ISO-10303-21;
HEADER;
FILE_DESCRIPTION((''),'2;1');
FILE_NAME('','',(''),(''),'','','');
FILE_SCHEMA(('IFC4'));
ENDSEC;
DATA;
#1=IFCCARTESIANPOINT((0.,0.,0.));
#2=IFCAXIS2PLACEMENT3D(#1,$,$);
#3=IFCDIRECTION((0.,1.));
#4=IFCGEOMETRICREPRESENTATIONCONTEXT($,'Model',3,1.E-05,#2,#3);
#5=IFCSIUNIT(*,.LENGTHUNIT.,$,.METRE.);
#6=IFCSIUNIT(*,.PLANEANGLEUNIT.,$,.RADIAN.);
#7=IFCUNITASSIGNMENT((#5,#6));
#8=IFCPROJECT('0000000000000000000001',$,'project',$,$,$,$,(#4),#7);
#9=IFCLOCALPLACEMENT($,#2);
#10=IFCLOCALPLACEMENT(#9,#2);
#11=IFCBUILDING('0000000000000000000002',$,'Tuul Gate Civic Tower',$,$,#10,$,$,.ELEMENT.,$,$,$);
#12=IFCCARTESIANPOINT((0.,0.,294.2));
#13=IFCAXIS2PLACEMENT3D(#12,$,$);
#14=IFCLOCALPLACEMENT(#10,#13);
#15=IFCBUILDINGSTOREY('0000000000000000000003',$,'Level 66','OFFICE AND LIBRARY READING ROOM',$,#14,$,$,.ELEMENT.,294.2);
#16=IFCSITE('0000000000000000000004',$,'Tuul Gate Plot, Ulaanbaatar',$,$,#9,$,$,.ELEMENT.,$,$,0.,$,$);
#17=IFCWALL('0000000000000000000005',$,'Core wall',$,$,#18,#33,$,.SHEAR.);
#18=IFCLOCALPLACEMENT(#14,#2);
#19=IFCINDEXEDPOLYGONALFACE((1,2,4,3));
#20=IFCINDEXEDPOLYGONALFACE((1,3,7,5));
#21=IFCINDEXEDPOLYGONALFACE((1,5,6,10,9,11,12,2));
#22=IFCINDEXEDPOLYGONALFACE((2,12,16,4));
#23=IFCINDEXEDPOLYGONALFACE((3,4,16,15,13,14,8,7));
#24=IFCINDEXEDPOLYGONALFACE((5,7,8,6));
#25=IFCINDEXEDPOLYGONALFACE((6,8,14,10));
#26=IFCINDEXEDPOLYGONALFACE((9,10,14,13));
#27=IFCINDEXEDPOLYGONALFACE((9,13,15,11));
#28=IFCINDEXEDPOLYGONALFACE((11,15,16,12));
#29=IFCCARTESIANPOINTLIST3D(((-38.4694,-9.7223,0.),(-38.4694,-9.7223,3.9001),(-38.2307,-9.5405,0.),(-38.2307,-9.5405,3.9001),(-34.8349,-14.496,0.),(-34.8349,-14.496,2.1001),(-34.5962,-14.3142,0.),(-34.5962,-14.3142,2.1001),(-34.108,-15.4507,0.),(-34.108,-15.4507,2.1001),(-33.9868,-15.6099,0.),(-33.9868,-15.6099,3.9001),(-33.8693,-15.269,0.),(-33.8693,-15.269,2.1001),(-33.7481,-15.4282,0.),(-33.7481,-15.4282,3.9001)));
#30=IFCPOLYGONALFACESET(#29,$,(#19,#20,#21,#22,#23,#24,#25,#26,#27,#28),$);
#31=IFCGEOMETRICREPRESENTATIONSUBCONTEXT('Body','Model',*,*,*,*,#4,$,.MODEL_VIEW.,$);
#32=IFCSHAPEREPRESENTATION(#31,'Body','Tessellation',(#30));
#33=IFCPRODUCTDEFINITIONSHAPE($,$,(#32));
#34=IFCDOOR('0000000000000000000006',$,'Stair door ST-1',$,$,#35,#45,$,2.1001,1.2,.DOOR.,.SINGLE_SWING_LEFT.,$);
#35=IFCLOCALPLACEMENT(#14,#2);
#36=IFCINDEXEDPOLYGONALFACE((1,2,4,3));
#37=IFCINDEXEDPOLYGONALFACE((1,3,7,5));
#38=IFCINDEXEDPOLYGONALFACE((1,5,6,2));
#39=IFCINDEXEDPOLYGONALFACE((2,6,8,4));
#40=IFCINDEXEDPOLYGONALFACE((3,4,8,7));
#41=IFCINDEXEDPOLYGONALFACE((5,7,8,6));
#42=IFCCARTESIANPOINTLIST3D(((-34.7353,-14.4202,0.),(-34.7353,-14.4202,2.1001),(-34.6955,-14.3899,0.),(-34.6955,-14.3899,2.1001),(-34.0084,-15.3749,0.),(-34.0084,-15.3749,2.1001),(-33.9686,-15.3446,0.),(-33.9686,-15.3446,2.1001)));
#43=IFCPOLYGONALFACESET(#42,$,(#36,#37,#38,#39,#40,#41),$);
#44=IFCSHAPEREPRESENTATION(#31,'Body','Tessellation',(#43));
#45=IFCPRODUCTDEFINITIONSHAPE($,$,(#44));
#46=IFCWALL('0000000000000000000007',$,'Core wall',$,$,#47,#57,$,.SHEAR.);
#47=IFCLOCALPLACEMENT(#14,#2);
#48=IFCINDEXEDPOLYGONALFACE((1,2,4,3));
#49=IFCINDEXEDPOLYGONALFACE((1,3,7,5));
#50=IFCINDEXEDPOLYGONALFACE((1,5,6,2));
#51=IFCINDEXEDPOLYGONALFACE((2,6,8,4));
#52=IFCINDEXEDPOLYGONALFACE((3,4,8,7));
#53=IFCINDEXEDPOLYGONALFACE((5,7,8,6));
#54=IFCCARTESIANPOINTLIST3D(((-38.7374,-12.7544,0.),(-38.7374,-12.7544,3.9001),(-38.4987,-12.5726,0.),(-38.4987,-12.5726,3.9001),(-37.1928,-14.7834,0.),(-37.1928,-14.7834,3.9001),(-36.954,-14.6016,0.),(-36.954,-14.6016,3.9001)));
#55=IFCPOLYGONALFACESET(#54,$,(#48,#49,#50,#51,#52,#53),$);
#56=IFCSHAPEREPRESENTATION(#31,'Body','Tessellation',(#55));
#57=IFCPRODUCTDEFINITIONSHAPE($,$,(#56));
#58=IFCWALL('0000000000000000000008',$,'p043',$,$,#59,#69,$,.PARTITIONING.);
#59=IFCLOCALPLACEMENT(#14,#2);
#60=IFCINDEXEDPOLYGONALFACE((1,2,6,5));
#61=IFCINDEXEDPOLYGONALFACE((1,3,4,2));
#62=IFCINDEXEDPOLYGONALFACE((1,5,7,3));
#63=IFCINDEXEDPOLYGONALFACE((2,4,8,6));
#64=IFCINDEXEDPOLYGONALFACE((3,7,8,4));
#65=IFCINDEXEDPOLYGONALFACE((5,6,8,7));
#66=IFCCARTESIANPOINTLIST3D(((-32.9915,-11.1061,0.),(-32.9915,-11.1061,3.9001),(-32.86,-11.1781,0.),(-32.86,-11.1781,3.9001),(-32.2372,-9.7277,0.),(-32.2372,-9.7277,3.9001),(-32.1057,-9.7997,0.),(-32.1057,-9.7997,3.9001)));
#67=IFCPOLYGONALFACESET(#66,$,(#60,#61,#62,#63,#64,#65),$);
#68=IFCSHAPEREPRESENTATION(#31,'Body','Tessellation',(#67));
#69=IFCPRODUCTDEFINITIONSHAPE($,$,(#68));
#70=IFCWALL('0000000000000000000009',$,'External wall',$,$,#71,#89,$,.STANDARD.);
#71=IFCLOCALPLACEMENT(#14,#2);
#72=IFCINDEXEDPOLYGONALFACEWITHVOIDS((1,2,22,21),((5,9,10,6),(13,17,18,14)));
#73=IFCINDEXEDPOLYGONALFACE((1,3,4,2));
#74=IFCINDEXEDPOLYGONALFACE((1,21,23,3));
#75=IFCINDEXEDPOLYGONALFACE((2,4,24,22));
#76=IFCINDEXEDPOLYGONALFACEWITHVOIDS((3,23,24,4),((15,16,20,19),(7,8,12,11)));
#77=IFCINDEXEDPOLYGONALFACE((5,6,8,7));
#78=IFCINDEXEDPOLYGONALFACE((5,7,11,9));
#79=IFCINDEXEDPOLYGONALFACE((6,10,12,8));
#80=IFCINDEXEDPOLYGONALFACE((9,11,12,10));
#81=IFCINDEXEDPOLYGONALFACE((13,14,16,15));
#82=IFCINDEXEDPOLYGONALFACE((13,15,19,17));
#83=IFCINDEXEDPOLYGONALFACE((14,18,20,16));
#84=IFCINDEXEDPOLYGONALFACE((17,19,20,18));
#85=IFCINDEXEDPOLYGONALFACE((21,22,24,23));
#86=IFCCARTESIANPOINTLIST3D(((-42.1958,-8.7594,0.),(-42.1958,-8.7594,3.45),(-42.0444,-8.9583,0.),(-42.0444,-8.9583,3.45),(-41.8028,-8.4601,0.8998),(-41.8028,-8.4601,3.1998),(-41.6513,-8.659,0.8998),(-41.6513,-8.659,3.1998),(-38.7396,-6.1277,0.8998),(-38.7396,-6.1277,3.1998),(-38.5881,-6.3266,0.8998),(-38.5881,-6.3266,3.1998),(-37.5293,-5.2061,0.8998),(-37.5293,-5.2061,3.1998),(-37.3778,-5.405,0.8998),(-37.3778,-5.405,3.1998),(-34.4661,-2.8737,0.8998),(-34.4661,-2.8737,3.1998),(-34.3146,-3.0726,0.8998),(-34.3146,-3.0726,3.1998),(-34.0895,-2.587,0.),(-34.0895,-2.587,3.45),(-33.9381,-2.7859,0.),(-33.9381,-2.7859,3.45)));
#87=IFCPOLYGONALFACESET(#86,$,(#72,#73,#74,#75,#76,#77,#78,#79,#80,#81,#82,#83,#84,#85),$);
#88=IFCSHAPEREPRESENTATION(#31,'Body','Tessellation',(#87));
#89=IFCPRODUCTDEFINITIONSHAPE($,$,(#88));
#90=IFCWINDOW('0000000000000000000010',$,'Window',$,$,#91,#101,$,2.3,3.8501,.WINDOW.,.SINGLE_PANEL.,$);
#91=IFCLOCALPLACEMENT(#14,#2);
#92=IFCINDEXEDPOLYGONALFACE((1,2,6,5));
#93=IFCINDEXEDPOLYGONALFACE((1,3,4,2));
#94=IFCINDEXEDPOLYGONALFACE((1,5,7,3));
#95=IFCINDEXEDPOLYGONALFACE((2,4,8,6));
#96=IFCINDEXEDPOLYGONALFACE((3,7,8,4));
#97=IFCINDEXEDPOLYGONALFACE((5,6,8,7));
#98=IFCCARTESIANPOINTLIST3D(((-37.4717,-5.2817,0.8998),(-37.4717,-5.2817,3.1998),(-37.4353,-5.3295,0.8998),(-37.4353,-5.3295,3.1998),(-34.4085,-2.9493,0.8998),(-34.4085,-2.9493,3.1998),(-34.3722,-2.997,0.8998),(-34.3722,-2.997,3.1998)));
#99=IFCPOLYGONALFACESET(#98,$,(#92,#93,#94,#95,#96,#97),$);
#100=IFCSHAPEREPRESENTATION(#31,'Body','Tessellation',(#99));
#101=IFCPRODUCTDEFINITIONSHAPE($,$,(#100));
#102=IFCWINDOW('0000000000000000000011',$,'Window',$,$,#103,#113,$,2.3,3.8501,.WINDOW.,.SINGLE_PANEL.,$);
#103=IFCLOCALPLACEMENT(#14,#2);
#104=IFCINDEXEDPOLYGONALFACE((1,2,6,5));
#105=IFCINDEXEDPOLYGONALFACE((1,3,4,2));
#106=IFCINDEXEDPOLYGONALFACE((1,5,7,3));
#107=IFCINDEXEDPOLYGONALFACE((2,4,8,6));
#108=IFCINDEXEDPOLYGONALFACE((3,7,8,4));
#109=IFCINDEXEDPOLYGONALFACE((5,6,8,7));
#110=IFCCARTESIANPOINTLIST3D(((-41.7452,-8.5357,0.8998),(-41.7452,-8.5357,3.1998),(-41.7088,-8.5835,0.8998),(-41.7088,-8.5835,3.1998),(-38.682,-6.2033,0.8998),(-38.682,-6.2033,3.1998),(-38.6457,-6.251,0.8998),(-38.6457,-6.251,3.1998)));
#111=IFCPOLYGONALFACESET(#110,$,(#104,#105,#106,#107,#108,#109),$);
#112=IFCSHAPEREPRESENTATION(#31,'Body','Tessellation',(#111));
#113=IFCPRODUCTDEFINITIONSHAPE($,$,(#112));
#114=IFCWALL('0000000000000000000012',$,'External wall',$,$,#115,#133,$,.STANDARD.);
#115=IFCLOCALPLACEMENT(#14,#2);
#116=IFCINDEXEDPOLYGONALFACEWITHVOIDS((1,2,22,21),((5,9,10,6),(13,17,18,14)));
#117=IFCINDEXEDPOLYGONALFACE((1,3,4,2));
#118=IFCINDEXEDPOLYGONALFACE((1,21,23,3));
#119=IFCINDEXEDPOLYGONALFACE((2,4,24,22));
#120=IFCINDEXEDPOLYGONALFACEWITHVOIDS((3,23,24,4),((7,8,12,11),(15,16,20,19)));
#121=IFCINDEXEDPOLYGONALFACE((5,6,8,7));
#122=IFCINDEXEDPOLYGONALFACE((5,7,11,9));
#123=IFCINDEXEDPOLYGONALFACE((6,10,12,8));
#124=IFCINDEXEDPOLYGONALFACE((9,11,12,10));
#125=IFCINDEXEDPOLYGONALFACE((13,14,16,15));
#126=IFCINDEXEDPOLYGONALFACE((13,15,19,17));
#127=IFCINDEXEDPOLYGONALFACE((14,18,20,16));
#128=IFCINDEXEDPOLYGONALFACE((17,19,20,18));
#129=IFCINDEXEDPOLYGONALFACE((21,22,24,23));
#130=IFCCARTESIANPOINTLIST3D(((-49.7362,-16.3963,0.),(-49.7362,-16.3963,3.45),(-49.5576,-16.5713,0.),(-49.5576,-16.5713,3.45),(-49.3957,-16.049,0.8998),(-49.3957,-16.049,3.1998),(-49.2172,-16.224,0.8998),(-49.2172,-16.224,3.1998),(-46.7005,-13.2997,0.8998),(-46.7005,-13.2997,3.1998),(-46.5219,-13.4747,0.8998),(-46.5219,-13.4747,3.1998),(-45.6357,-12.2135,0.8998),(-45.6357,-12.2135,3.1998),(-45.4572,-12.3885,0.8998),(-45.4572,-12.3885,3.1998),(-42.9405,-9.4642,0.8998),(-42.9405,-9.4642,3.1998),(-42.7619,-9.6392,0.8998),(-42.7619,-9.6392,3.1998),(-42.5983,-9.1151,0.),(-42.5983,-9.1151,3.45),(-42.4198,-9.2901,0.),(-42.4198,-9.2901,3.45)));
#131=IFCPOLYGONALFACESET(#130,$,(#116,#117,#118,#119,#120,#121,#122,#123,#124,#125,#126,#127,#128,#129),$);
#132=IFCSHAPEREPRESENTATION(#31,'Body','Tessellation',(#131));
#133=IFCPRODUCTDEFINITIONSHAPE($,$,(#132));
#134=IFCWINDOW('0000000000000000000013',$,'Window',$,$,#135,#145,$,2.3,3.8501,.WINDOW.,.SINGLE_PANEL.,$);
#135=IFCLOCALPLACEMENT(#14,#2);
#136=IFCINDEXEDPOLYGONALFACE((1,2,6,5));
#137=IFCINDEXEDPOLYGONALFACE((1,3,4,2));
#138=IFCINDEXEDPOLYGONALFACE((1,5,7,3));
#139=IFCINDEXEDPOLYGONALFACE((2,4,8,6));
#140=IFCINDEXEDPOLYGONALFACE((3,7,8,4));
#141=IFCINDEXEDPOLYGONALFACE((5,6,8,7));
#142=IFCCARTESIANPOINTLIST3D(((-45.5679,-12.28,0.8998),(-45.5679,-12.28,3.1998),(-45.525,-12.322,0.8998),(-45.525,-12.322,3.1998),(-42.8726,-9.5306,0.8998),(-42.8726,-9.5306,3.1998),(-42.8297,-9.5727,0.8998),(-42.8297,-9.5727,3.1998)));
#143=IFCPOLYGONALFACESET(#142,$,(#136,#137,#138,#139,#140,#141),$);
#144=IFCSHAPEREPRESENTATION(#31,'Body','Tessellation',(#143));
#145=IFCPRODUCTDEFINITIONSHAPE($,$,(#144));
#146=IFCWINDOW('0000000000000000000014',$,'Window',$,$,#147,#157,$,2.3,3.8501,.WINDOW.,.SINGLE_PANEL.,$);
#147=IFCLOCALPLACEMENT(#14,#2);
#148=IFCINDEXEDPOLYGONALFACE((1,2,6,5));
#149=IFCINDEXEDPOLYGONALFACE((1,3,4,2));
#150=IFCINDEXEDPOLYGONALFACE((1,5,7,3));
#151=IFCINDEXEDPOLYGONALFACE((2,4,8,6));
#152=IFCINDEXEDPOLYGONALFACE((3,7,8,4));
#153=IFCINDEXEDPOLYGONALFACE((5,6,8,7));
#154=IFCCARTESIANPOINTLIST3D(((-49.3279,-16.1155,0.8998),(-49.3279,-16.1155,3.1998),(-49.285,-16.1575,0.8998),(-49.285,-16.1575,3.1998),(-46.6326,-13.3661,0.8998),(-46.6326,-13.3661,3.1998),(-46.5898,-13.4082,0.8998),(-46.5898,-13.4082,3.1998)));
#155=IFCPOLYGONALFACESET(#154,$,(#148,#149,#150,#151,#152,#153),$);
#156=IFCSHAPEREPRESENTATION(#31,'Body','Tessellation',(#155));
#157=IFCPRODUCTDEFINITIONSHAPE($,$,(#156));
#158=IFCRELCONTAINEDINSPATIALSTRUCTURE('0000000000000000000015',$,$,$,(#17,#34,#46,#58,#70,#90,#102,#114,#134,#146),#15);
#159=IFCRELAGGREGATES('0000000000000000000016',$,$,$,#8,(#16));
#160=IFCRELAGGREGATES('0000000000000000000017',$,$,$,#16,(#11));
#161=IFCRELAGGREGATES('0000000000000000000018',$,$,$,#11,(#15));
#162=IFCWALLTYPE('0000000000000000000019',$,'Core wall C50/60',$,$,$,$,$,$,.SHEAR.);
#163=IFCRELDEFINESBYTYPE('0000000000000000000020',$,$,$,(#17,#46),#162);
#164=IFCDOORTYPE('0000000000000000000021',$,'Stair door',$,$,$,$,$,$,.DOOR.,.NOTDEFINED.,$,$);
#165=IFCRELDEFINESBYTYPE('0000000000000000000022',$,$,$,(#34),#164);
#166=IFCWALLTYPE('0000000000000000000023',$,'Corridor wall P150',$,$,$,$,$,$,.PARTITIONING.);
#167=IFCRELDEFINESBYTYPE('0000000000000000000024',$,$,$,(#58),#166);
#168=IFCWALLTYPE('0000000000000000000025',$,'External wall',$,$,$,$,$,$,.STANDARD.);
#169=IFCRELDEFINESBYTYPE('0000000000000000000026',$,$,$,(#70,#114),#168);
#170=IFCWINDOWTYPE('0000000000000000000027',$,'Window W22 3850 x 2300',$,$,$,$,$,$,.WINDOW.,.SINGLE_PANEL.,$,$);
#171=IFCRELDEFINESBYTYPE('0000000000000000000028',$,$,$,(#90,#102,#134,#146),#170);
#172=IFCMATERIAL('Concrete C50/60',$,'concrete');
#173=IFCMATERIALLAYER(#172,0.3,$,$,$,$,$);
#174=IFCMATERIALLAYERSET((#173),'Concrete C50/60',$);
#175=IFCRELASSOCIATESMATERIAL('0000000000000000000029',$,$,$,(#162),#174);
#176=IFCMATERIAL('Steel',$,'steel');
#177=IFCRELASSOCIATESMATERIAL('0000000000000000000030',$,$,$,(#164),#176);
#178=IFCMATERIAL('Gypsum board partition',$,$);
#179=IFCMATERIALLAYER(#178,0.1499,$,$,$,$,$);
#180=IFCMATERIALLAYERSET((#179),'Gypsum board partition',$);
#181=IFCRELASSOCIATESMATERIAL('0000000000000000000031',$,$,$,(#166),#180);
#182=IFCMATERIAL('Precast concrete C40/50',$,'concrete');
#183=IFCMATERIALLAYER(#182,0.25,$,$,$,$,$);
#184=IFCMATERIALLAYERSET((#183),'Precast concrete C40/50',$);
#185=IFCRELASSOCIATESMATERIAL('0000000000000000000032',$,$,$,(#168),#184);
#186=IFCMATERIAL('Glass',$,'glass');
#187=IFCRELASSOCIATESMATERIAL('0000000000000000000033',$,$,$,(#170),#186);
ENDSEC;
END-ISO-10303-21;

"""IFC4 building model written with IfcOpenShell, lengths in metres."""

from ifc_helpers import new_model, si_unit, direction, frame, frame_2d, origin, place, context, subcontext, project, spatial, rectangle, extrude, material, layer, layer_set, type_object, element, fill, save


model = new_model("IFC4")

# Units and contexts
model_context = context("Model", 3, precision=1e-05, world=origin(), true_north=direction((0.0, 1.0)))
body_context = subcontext(model_context, "Body", "Model", "MODEL_VIEW")
ifc_project = project(units=[si_unit("LENGTHUNIT", "METRE"), si_unit("PLANEANGLEUNIT", "RADIAN")], contexts=[model_context])

# Site, building, storey
site_placement = place(None, origin())
site = spatial("IfcSite", under=ifc_project, at=site_placement, Name="Tuul Gate Plot, Ulaanbaatar", CompositionType="ELEMENT", RefElevation=0.0)
building_placement = place(site_placement, origin())
building = spatial("IfcBuilding", under=site, at=building_placement, Name="Tuul Gate Civic Tower", CompositionType="ELEMENT")
storey_placement = place(building_placement, frame((0.0, 0.0, 294.2)))
storey = spatial("IfcBuildingStorey", under=building, at=storey_placement, Name="Level 66", Description="OFFICE AND LIBRARY READING ROOM", CompositionType="ELEMENT", Elevation=294.2)

# Shared definitions
ifc_material_1 = material(Name="Concrete C50/60", Category="concrete")
ifc_layer_1 = layer(ifc_material_1, 0.3)
ifc_layer_set_1 = layer_set([ifc_layer_1], Name="Concrete C50/60")
wall_type_1 = type_object("IfcWallType", Name="Core wall C50/60", PredefinedType="SHEAR", material=ifc_layer_set_1)

# Wall, opening, door
wall_1_placement = place(storey_placement, frame((-33.8674, -15.519, 0.0), z_axis=(0.0, 0.0, 1.0), x_axis=(-0.60577, 0.79564, 0.0)))
wall_1 = element("IfcWall", 1, at=wall_1_placement, inside=storey, type_object=wall_type_1, Name="Core wall", PredefinedType="SHEAR", context=body_context, shape_type="SweptSolid", body=[
    extrude(rectangle(XDim=7.3999, YDim=0.3, at=frame_2d((3.7, 0.0))), origin(), (0.0, 0.0, 1.0), 3.9001),
])
opening_1_placement = place(wall_1_placement, frame((0.2, 0.0, 0.0)))
opening_1 = element("IfcOpeningElement", 2, at=opening_1_placement, cuts=wall_1, PredefinedType="OPENING", context=body_context, shape_type="SweptSolid", body=[
    extrude(rectangle(XDim=1.2, YDim=2.1001, at=frame_2d((0.6001, 1.05))), frame((0.0, 0.1602, 0.0), z_axis=(0.0, -1.0, 0.0), x_axis=(1.0, 0.0, 0.0)), (0.0, 0.0, 1.0), 0.3201),
])
ifc_material_2 = material(Name="Steel", Category="steel")
door_type_1 = type_object("IfcDoorType", Name="Stair door", OperationType="NOTDEFINED", PredefinedType="DOOR", material=ifc_material_2)
door_1_placement = place(opening_1_placement, origin())
door_1 = element("IfcDoor", 3, at=door_1_placement, inside=storey, type_object=door_type_1, Name="Stair door ST-1", OperationType="SINGLE_SWING_LEFT", OverallHeight=2.1001, OverallWidth=1.2, PredefinedType="DOOR", context=body_context, shape_type="SweptSolid", body=[
    extrude(rectangle(XDim=1.2, YDim=2.1001, at=frame_2d((0.6001, 1.05))), frame((0.0, 0.0249, 0.0), z_axis=(0.0, -1.0, 0.0), x_axis=(1.0, 0.0, 0.0)), (0.0, 0.0, 1.0), 0.05),
])
fill(opening_1, door_1)

# Walls
wall_2_placement = place(storey_placement, frame((-37.0735, -14.6924, 0.0), z_axis=(0.0, 0.0, 1.0), x_axis=(-0.605729, 0.795671, 0.0)))
element("IfcWall", 4, at=wall_2_placement, inside=storey, type_object=wall_type_1, Name="Core wall", PredefinedType="SHEAR", context=body_context, shape_type="SweptSolid", body=[
    extrude(rectangle(XDim=2.55, YDim=0.3, at=frame_2d((1.2749, 0.0))), origin(), (0.0, 0.0, 1.0), 3.9001),
])
ifc_material_3 = material(Name="Gypsum board partition")
ifc_layer_2 = layer(ifc_material_3, 0.1499)
ifc_layer_set_2 = layer_set([ifc_layer_2], Name="Gypsum board partition")
wall_type_2 = type_object("IfcWallType", Name="Corridor wall P150", PredefinedType="PARTITIONING", material=ifc_layer_set_2)
wall_3_placement = place(storey_placement, frame((-32.9258, -11.1421, 0.0), z_axis=(0.0, 0.0, 1.0), x_axis=(0.480093, 0.877218, 0.0)))
element("IfcWall", 5, at=wall_3_placement, inside=storey, type_object=wall_type_2, Name="p043", PredefinedType="PARTITIONING", context=body_context, shape_type="SweptSolid", body=[
    extrude(rectangle(XDim=1.5713, YDim=0.1499, at=frame_2d((0.7856, 0.0))), origin(), (0.0, 0.0, 1.0), 3.9001),
])

# Walls, openings, windows
ifc_material_4 = material(Name="Precast concrete C40/50", Category="concrete")
ifc_layer_3 = layer(ifc_material_4, 0.25)
ifc_layer_set_3 = layer_set([ifc_layer_3], Name="Precast concrete C40/50")
wall_type_3 = type_object("IfcWallType", Name="External wall", PredefinedType="STANDARD", material=ifc_layer_set_3)
wall_4_placement = place(storey_placement, frame((-34.0139, -2.6865, 0.0), z_axis=(0.0, 0.0, 1.0), x_axis=(-0.795611, -0.605808, 0.0)))
wall_4 = element("IfcWall", 6, at=wall_4_placement, inside=storey, type_object=wall_type_3, Name="External wall", PredefinedType="STANDARD", context=body_context, shape_type="SweptSolid", body=[
    extrude(rectangle(XDim=10.1887, YDim=0.25, at=frame_2d((5.0942, 0.0))), origin(), (0.0, 0.0, 1.0), 3.45),
])
opening_2_placement = place(wall_4_placement, frame((0.4731, 0.0, 0.8999)))
opening_2 = element("IfcOpeningElement", 7, at=opening_2_placement, cuts=wall_4, PredefinedType="OPENING", context=body_context, shape_type="SweptSolid", body=[
    extrude(rectangle(XDim=3.8501, YDim=2.3, at=frame_2d((1.925, 1.1499))), frame((0.0, 0.135, 0.0), z_axis=(0.0, -1.0, 0.0), x_axis=(1.0, 0.0, 0.0)), (0.0, 0.0, 1.0), 0.27),
])
opening_3_placement = place(wall_4_placement, frame((5.8445, 0.0, 0.8999)))
opening_3 = element("IfcOpeningElement", 8, at=opening_3_placement, cuts=wall_4, PredefinedType="OPENING", context=body_context, shape_type="SweptSolid", body=[
    extrude(rectangle(XDim=3.8501, YDim=2.3, at=frame_2d((1.925, 1.1499))), frame((0.0, 0.135, 0.0), z_axis=(0.0, -1.0, 0.0), x_axis=(1.0, 0.0, 0.0)), (0.0, 0.0, 1.0), 0.27),
])
ifc_material_5 = material(Name="Glass", Category="glass")
window_type_1 = type_object("IfcWindowType", Name="Window W22 3850 x 2300", PartitioningType="SINGLE_PANEL", PredefinedType="WINDOW", material=ifc_material_5)
window_1_placement = place(opening_2_placement, origin())
window_1 = element("IfcWindow", 9, at=window_1_placement, inside=storey, type_object=window_type_1, Name="Window", OverallHeight=2.3, OverallWidth=3.8501, PartitioningType="SINGLE_PANEL", PredefinedType="WINDOW", context=body_context, shape_type="SweptSolid", body=[
    extrude(rectangle(XDim=3.8501, YDim=2.3, at=frame_2d((1.925, 1.1499))), frame((0.0, 0.03, 0.0), z_axis=(0.0, -1.0, 0.0), x_axis=(1.0, 0.0, 0.0)), (0.0, 0.0, 1.0), 0.0601),
])
fill(opening_2, window_1)
window_2_placement = place(opening_3_placement, origin())
window_2 = element("IfcWindow", 10, at=window_2_placement, inside=storey, type_object=window_type_1, Name="Window", OverallHeight=2.3, OverallWidth=3.8501, PartitioningType="SINGLE_PANEL", PredefinedType="WINDOW", context=body_context, shape_type="SweptSolid", body=[
    extrude(rectangle(XDim=3.8501, YDim=2.3, at=frame_2d((1.925, 1.1499))), frame((0.0, 0.03, 0.0), z_axis=(0.0, -1.0, 0.0), x_axis=(1.0, 0.0, 0.0)), (0.0, 0.0, 1.0), 0.0601),
])
fill(opening_3, window_2)
wall_5_placement = place(storey_placement, frame((-42.509, -9.2026, 0.0), z_axis=(0.0, 0.0, 1.0), x_axis=(-0.700044, -0.714099, 0.0)))
wall_5 = element("IfcWall", 11, at=wall_5_placement, inside=storey, type_object=wall_type_3, Name="External wall", PredefinedType="STANDARD", context=body_context, shape_type="SweptSolid", body=[
    extrude(rectangle(XDim=10.1963, YDim=0.25, at=frame_2d((5.0981, 0.0))), origin(), (0.0, 0.0, 1.0), 3.45),
])
opening_4_placement = place(wall_5_placement, frame((0.4888, 0.0, 0.8999)))
opening_4 = element("IfcOpeningElement", 12, at=opening_4_placement, cuts=wall_5, PredefinedType="OPENING", context=body_context, shape_type="SweptSolid", body=[
    extrude(rectangle(XDim=3.8501, YDim=2.3, at=frame_2d((1.925, 1.1499))), frame((0.0, 0.135, 0.0), z_axis=(0.0, -1.0, 0.0), x_axis=(1.0, 0.0, 0.0)), (0.0, 0.0, 1.0), 0.27),
])
opening_5_placement = place(wall_5_placement, frame((5.8599, 0.0, 0.8999)))
opening_5 = element("IfcOpeningElement", 13, at=opening_5_placement, cuts=wall_5, PredefinedType="OPENING", context=body_context, shape_type="SweptSolid", body=[
    extrude(rectangle(XDim=3.8501, YDim=2.3, at=frame_2d((1.925, 1.1499))), frame((0.0, 0.135, 0.0), z_axis=(0.0, -1.0, 0.0), x_axis=(1.0, 0.0, 0.0)), (0.0, 0.0, 1.0), 0.27),
])
window_3_placement = place(opening_4_placement, origin())
window_3 = element("IfcWindow", 14, at=window_3_placement, inside=storey, type_object=window_type_1, Name="Window", OverallHeight=2.3, OverallWidth=3.8501, PartitioningType="SINGLE_PANEL", PredefinedType="WINDOW", context=body_context, shape_type="SweptSolid", body=[
    extrude(rectangle(XDim=3.8501, YDim=2.3, at=frame_2d((1.925, 1.1499))), frame((0.0, 0.03, 0.0), z_axis=(0.0, -1.0, 0.0), x_axis=(1.0, 0.0, 0.0)), (0.0, 0.0, 1.0), 0.0601),
])
fill(opening_4, window_3)
window_4_placement = place(opening_5_placement, origin())
window_4 = element("IfcWindow", 15, at=window_4_placement, inside=storey, type_object=window_type_1, Name="Window", OverallHeight=2.3, OverallWidth=3.8501, PartitioningType="SINGLE_PANEL", PredefinedType="WINDOW", context=body_context, shape_type="SweptSolid", body=[
    extrude(rectangle(XDim=3.8501, YDim=2.3, at=frame_2d((1.925, 1.1499))), frame((0.0, 0.03, 0.0), z_axis=(0.0, -1.0, 0.0), x_axis=(1.0, 0.0, 0.0)), (0.0, 0.0, 1.0), 0.0601),
])
fill(opening_5, window_4)

save(model, "model.ifc")
